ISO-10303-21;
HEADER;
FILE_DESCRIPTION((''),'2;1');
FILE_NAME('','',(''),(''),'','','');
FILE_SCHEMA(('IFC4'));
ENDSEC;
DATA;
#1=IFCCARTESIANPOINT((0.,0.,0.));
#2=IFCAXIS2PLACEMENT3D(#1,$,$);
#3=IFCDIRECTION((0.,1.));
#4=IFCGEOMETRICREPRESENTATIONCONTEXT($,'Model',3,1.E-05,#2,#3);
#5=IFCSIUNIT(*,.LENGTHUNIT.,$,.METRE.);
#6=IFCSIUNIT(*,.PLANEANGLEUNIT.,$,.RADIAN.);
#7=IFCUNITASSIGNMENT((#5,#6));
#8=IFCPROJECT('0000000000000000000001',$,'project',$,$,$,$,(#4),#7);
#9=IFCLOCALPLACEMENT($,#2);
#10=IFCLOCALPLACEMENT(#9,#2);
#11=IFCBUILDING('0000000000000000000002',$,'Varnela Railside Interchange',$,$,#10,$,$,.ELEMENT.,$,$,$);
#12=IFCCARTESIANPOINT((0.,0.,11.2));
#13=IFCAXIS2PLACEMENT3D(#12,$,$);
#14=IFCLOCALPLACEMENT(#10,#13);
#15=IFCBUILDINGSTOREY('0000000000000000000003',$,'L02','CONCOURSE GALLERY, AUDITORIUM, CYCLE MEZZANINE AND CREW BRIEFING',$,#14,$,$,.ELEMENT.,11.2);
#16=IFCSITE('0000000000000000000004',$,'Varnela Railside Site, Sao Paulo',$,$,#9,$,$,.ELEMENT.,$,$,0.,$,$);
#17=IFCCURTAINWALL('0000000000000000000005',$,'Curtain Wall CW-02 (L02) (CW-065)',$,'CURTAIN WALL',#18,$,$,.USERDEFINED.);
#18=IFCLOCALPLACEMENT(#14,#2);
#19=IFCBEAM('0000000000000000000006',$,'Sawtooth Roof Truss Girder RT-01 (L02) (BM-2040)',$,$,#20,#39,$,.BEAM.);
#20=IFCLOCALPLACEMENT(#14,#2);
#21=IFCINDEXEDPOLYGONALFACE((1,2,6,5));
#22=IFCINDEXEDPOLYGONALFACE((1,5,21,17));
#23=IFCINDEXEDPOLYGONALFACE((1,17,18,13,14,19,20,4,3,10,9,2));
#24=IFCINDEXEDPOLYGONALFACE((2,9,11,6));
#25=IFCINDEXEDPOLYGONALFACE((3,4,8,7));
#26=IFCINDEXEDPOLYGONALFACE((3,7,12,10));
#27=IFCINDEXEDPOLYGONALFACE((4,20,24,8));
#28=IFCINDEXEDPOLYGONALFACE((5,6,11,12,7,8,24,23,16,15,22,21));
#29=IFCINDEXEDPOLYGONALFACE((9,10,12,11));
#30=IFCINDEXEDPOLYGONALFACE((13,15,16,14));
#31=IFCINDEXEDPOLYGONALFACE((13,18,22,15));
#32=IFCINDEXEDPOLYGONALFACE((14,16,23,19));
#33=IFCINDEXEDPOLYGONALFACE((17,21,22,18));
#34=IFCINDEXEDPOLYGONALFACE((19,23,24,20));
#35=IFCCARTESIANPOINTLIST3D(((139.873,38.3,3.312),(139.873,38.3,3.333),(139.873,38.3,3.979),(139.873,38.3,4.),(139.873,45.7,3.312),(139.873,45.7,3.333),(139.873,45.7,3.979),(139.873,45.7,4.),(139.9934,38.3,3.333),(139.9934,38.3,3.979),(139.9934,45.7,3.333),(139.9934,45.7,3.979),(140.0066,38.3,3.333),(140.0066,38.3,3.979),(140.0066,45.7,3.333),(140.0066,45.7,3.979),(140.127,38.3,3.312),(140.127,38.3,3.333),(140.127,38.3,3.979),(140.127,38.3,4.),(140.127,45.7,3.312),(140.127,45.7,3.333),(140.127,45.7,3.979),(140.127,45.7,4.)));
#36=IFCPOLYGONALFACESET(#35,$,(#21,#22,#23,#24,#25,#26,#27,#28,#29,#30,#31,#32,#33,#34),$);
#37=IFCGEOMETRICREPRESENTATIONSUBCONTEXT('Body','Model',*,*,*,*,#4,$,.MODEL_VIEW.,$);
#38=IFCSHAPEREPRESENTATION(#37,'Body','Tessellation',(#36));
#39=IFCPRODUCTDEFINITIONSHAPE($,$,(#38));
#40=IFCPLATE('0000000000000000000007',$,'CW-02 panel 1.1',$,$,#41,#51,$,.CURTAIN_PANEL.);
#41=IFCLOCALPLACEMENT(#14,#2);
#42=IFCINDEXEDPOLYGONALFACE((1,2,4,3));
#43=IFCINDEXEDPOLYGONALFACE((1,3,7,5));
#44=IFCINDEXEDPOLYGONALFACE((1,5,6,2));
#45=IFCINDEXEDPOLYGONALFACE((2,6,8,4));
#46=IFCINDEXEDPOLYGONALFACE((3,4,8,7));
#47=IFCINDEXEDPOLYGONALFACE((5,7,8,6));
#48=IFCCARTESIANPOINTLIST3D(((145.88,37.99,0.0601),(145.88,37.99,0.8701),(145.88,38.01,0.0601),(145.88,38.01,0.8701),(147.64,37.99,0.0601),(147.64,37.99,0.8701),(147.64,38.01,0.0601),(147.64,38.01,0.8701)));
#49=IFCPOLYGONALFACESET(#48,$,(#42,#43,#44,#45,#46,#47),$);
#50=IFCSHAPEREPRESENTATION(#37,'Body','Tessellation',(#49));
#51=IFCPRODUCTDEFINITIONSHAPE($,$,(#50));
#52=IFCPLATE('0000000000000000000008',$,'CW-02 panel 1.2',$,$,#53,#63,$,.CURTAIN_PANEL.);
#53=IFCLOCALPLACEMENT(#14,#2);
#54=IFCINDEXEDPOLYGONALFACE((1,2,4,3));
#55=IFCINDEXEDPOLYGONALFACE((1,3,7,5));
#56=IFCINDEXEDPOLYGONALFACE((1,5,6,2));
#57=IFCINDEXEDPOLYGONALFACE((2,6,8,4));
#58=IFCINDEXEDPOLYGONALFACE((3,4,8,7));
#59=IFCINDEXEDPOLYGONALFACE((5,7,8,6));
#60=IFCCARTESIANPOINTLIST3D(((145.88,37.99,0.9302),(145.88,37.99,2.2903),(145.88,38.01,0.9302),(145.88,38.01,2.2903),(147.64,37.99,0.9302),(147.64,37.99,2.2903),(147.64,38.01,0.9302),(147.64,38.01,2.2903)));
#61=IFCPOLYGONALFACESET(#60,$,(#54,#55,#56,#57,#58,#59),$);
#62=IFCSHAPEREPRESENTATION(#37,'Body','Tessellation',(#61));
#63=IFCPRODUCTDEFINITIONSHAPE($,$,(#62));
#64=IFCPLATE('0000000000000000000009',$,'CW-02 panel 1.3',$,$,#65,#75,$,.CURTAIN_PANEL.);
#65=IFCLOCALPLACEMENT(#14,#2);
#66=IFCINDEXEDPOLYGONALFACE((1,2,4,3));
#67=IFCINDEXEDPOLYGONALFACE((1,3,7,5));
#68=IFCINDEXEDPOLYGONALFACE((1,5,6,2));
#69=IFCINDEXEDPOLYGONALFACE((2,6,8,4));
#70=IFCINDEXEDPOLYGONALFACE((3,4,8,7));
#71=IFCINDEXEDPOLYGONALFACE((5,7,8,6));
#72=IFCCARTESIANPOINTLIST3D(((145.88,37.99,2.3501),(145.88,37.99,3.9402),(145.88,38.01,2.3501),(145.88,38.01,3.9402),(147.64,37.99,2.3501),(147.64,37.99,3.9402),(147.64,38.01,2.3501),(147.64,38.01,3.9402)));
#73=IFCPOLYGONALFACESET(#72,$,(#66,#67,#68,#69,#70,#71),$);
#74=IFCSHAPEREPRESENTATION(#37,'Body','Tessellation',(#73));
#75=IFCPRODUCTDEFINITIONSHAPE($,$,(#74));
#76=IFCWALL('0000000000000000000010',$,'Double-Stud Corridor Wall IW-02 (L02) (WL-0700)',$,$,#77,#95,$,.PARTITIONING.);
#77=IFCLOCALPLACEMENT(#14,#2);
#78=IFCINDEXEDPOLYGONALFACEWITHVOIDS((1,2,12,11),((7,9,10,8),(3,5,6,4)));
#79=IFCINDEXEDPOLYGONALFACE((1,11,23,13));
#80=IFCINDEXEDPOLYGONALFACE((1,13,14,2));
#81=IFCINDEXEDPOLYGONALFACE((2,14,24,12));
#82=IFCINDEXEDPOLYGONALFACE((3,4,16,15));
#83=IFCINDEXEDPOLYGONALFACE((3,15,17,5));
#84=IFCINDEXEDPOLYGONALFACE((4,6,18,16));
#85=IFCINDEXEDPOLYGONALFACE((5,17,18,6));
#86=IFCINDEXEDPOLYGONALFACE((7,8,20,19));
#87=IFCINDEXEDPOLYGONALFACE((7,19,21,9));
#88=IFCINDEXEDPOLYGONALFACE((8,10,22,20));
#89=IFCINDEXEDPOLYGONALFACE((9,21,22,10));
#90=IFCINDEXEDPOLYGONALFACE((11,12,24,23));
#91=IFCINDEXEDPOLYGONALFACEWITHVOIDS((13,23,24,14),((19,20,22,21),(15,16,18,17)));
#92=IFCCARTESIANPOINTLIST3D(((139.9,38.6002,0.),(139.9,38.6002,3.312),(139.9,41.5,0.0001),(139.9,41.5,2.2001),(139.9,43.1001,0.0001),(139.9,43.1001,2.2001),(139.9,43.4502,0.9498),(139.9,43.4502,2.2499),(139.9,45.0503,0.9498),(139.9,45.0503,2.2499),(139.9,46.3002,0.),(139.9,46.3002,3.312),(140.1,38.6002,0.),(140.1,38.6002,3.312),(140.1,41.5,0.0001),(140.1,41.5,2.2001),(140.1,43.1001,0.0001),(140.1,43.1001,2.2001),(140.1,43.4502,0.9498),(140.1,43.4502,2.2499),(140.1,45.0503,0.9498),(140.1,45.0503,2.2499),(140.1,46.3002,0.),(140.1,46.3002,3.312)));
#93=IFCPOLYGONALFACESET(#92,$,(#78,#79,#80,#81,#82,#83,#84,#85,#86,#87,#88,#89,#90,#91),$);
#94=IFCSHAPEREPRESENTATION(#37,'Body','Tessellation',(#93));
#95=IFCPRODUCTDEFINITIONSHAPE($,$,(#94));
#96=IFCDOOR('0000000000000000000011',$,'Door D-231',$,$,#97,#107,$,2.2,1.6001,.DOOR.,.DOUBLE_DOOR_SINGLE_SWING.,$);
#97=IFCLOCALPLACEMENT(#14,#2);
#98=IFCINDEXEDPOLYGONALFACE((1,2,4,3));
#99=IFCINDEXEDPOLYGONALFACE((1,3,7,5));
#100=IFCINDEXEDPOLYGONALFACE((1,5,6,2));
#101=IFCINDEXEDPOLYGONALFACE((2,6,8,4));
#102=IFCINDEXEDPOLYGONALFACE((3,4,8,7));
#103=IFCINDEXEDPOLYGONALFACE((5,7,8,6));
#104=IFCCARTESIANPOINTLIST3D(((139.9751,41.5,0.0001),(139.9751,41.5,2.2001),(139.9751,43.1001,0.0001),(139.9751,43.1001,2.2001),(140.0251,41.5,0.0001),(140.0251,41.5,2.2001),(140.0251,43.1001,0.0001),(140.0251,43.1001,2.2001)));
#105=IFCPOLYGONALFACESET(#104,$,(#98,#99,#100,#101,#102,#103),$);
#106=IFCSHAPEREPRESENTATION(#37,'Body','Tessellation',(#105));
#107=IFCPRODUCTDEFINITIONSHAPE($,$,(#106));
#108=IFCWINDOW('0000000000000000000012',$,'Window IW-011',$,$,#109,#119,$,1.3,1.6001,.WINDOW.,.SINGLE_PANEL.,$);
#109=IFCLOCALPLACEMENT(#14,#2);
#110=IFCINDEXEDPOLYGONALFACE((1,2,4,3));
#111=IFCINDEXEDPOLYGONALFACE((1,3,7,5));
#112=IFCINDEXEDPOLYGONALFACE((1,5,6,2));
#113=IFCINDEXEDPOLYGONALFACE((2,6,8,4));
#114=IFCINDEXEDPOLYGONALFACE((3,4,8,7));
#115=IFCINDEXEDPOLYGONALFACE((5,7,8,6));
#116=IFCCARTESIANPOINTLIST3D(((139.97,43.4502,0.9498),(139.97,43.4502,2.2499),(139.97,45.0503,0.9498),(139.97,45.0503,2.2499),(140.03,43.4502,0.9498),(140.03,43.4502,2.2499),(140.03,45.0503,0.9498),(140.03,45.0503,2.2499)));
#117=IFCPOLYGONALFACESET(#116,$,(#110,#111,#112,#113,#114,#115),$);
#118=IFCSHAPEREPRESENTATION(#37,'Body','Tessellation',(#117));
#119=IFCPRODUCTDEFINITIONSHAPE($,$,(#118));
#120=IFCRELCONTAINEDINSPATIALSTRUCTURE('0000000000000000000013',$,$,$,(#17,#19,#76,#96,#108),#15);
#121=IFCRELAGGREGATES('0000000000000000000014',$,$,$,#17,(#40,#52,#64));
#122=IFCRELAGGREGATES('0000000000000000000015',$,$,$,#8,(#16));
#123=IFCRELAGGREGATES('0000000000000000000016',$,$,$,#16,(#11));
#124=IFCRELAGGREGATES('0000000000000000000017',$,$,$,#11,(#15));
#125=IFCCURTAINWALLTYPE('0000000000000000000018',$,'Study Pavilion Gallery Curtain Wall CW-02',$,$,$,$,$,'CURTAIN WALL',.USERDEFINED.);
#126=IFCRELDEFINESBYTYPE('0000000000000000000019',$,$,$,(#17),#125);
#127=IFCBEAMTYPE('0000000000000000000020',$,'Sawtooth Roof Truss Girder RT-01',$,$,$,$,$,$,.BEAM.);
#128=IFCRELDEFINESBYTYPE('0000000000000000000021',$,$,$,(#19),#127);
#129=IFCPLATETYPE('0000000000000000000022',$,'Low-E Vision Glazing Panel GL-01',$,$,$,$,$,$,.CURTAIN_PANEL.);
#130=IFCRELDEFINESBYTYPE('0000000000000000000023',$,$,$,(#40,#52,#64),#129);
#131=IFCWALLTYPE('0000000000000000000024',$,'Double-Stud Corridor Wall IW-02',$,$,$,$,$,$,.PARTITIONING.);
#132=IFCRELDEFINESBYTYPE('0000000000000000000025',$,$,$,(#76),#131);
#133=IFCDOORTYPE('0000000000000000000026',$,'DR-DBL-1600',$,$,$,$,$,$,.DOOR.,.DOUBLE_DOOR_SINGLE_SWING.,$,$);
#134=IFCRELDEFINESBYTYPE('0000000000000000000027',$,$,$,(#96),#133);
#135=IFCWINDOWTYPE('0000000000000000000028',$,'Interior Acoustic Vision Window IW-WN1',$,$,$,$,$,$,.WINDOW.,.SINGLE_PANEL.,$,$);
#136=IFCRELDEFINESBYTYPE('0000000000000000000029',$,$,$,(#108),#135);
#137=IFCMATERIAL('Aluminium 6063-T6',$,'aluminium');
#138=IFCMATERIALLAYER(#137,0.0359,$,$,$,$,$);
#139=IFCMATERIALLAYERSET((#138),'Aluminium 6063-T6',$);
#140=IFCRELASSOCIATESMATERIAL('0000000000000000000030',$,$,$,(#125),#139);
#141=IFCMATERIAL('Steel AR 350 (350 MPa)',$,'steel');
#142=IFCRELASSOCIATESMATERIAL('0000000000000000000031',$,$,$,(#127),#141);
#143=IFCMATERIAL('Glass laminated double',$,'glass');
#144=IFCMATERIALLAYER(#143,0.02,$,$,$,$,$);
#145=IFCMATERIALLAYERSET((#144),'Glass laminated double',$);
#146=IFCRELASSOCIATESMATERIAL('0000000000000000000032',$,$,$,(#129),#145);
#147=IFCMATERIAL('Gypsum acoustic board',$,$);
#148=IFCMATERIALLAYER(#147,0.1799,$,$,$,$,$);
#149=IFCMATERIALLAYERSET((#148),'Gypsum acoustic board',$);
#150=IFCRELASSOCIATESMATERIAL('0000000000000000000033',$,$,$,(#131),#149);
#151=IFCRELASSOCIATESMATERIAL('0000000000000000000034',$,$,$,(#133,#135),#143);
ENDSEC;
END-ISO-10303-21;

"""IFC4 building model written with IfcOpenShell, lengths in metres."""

from ifc_helpers import new_model, si_unit, direction, frame, frame_2d, origin, origin_2d, place, context, subcontext, project, spatial, rectangle, i_section, extrude, material, layer, layer_set, material_profile, profile_set, type_object, element, fill, aggregate, save


model = new_model("IFC4")

# Units and contexts
model_context = context("Model", 3, precision=1e-05, world=origin(), true_north=direction((0.0, 1.0)))
body_context = subcontext(model_context, "Body", "Model", "MODEL_VIEW")
ifc_project = project(units=[si_unit("LENGTHUNIT", "METRE"), si_unit("PLANEANGLEUNIT", "RADIAN")], contexts=[model_context])

# Site, building, storey
site_placement = place(None, origin())
site = spatial("IfcSite", under=ifc_project, at=site_placement, Name="Varnela Railside Site, Sao Paulo", CompositionType="ELEMENT", RefElevation=0.0)
building_placement = place(site_placement, origin())
building = spatial("IfcBuilding", under=site, at=building_placement, Name="Varnela Railside Interchange", CompositionType="ELEMENT")
storey_placement = place(building_placement, frame((0.0, 0.0, 11.2)))
storey = spatial("IfcBuildingStorey", under=building, at=storey_placement, Name="L02", Description="CONCOURSE GALLERY, AUDITORIUM, CYCLE MEZZANINE AND CREW BRIEFING", CompositionType="ELEMENT", Elevation=11.2)

# Shared definitions
ifc_material_1 = material(Name="Steel AR 350 (350 MPa)", Category="steel")

# Curtain wall
ifc_material_2 = material(Name="Aluminium 6063-T6", Category="aluminium")
ifc_layer_1 = layer(ifc_material_2, 0.0359)
ifc_layer_set_1 = layer_set([ifc_layer_1], Name="Aluminium 6063-T6")
curtain_wall_type = type_object("IfcCurtainWallType", Name="Study Pavilion Gallery Curtain Wall CW-02", ElementType="CURTAIN WALL", PredefinedType="USERDEFINED", material=ifc_layer_set_1)
curtain_wall_placement = place(storey_placement, origin())
curtain_wall = element("IfcCurtainWall", 1, at=curtain_wall_placement, inside=storey, type_object=curtain_wall_type, Name="Curtain Wall CW-02 (L02) (CW-065)", ObjectType="CURTAIN WALL", PredefinedType="USERDEFINED")

# Beam
ifc_material_profile_1 = material_profile(ifc_material_1, i_section(OverallWidth=0.2539, OverallDepth=0.688, WebThickness=0.0132, FlangeThickness=0.021, at=origin_2d()), Name="W690x152")
ifc_profile_set_1 = profile_set([ifc_material_profile_1], Name="Steel AR 350 (350 MPa)")
beam_type_1 = type_object("IfcBeamType", Name="Sawtooth Roof Truss Girder RT-01", PredefinedType="BEAM", material=ifc_profile_set_1)
for number, where, z_axis, x_axis, name in (
    (2, (140.0, 38.3, 3.656), (0.0, 1.0, 0.0), (-1.0, 0.0, 0.0), "Sawtooth Roof Truss Girder RT-01 (L02) (BM-2040)"),
):
    element("IfcBeam", number, at=place(storey_placement, frame(where, z_axis=z_axis, x_axis=x_axis)), inside=storey, type_object=beam_type_1, Name=name, PredefinedType="BEAM", context=body_context, shape_type="SweptSolid", body=[
        extrude(i_section(OverallWidth=0.2539, OverallDepth=0.688, WebThickness=0.0132, FlangeThickness=0.021, at=origin_2d()), origin(), (0.0, 0.0, 1.0), 7.3999),
    ])

# Plates
ifc_material_3 = material(Name="Glass laminated double", Category="glass")
ifc_layer_2 = layer(ifc_material_3, 0.02)
ifc_layer_set_2 = layer_set([ifc_layer_2], Name="Glass laminated double")
plate_type = type_object("IfcPlateType", Name="Low-E Vision Glazing Panel GL-01", PredefinedType="CURTAIN_PANEL", material=ifc_layer_set_2)
plate_1_placement = place(storey_placement, frame((146.76, 38.0, 0.0601), z_axis=(0.0, 0.0, 1.0), x_axis=(-1.0, 0.0, 0.0)))
plate_1 = element("IfcPlate", 3, at=plate_1_placement, type_object=plate_type, Name="CW-02 panel 1.1", PredefinedType="CURTAIN_PANEL", context=body_context, shape_type="SweptSolid", body=[
    extrude(rectangle(XDim=1.76, YDim=0.02, at=origin_2d()), origin(), (0.0, 0.0, 1.0), 0.8101),
])
plate_2_placement = place(storey_placement, frame((146.76, 38.0, 0.9302), z_axis=(0.0, 0.0, 1.0), x_axis=(-1.0, 0.0, 0.0)))
plate_2 = element("IfcPlate", 4, at=plate_2_placement, type_object=plate_type, Name="CW-02 panel 1.2", PredefinedType="CURTAIN_PANEL", context=body_context, shape_type="SweptSolid", body=[
    extrude(rectangle(XDim=1.76, YDim=0.02, at=origin_2d()), origin(), (0.0, 0.0, 1.0), 1.3601),
])
plate_3_placement = place(storey_placement, frame((146.76, 38.0, 2.3501), z_axis=(0.0, 0.0, 1.0), x_axis=(-1.0, 0.0, 0.0)))
plate_3 = element("IfcPlate", 5, at=plate_3_placement, type_object=plate_type, Name="CW-02 panel 1.3", PredefinedType="CURTAIN_PANEL", context=body_context, shape_type="SweptSolid", body=[
    extrude(rectangle(XDim=1.76, YDim=0.02, at=origin_2d()), origin(), (0.0, 0.0, 1.0), 1.5901),
])
aggregate(curtain_wall, [plate_1, plate_2, plate_3])

# Wall, openings, door, window
ifc_material_4 = material(Name="Gypsum acoustic board")
ifc_layer_3 = layer(ifc_material_4, 0.1799)
ifc_layer_set_3 = layer_set([ifc_layer_3], Name="Gypsum acoustic board")
wall_type = type_object("IfcWallType", Name="Double-Stud Corridor Wall IW-02", PredefinedType="PARTITIONING", material=ifc_layer_set_3)
wall_placement = place(storey_placement, frame((140.0, 38.6001, 0.0), z_axis=(0.0, 0.0, 1.0), x_axis=(0.0, 1.0, 0.0)))
wall = element("IfcWall", 6, at=wall_placement, inside=storey, type_object=wall_type, Name="Double-Stud Corridor Wall IW-02 (L02) (WL-0700)", PredefinedType="PARTITIONING", context=body_context, shape_type="SweptSolid", body=[
    extrude(rectangle(XDim=7.7, YDim=0.2, at=frame_2d((3.8501, 0.0))), origin(), (0.0, 0.0, 1.0), 3.312),
])
opening_1_placement = place(wall_placement, frame((2.8999, 0.0, 0.0)))
opening_1 = element("IfcOpeningElement", 7, at=opening_1_placement, cuts=wall, PredefinedType="OPENING", context=body_context, shape_type="SweptSolid", body=[
    extrude(rectangle(XDim=1.6001, YDim=2.2, at=frame_2d((0.8, 1.1001))), frame((0.0, 0.1099, 0.0), z_axis=(0.0, -1.0, 0.0), x_axis=(1.0, 0.0, 0.0)), (0.0, 0.0, 1.0), 0.22),
])
opening_2_placement = place(wall_placement, frame((4.8501, 0.0, 0.95)))
opening_2 = element("IfcOpeningElement", 8, at=opening_2_placement, cuts=wall, PredefinedType="OPENING", context=body_context, shape_type="SweptSolid", body=[
    extrude(rectangle(XDim=1.6001, YDim=1.3, at=frame_2d((0.8, 0.6499))), frame((0.0, 0.1099, 0.0), z_axis=(0.0, -1.0, 0.0), x_axis=(1.0, 0.0, 0.0)), (0.0, 0.0, 1.0), 0.22),
])
door_type = type_object("IfcDoorType", Name="DR-DBL-1600", OperationType="DOUBLE_DOOR_SINGLE_SWING", PredefinedType="DOOR", material=ifc_material_3)
door_placement = place(opening_1_placement, origin())
door = element("IfcDoor", 9, at=door_placement, inside=storey, type_object=door_type, Name="Door D-231", OperationType="DOUBLE_DOOR_SINGLE_SWING", OverallHeight=2.2, OverallWidth=1.6001, PredefinedType="DOOR", context=body_context, shape_type="SweptSolid", body=[
    extrude(rectangle(XDim=1.6001, YDim=2.2, at=frame_2d((0.8, 1.1001))), frame((0.0, 0.0249, 0.0), z_axis=(0.0, -1.0, 0.0), x_axis=(1.0, 0.0, 0.0)), (0.0, 0.0, 1.0), 0.05),
])
fill(opening_1, door)
window_type = type_object("IfcWindowType", Name="Interior Acoustic Vision Window IW-WN1", PartitioningType="SINGLE_PANEL", PredefinedType="WINDOW", material=ifc_material_3)
window_placement = place(opening_2_placement, origin())
window = element("IfcWindow", 10, at=window_placement, inside=storey, type_object=window_type, Name="Window IW-011", OverallHeight=1.3, OverallWidth=1.6001, PartitioningType="SINGLE_PANEL", PredefinedType="WINDOW", context=body_context, shape_type="SweptSolid", body=[
    extrude(rectangle(XDim=1.6001, YDim=1.3, at=frame_2d((0.8, 0.6499))), frame((0.0, 0.03, 0.0), z_axis=(0.0, -1.0, 0.0), x_axis=(1.0, 0.0, 0.0)), (0.0, 0.0, 1.0), 0.0601),
])
fill(opening_2, window)

save(model, "model.ifc")
